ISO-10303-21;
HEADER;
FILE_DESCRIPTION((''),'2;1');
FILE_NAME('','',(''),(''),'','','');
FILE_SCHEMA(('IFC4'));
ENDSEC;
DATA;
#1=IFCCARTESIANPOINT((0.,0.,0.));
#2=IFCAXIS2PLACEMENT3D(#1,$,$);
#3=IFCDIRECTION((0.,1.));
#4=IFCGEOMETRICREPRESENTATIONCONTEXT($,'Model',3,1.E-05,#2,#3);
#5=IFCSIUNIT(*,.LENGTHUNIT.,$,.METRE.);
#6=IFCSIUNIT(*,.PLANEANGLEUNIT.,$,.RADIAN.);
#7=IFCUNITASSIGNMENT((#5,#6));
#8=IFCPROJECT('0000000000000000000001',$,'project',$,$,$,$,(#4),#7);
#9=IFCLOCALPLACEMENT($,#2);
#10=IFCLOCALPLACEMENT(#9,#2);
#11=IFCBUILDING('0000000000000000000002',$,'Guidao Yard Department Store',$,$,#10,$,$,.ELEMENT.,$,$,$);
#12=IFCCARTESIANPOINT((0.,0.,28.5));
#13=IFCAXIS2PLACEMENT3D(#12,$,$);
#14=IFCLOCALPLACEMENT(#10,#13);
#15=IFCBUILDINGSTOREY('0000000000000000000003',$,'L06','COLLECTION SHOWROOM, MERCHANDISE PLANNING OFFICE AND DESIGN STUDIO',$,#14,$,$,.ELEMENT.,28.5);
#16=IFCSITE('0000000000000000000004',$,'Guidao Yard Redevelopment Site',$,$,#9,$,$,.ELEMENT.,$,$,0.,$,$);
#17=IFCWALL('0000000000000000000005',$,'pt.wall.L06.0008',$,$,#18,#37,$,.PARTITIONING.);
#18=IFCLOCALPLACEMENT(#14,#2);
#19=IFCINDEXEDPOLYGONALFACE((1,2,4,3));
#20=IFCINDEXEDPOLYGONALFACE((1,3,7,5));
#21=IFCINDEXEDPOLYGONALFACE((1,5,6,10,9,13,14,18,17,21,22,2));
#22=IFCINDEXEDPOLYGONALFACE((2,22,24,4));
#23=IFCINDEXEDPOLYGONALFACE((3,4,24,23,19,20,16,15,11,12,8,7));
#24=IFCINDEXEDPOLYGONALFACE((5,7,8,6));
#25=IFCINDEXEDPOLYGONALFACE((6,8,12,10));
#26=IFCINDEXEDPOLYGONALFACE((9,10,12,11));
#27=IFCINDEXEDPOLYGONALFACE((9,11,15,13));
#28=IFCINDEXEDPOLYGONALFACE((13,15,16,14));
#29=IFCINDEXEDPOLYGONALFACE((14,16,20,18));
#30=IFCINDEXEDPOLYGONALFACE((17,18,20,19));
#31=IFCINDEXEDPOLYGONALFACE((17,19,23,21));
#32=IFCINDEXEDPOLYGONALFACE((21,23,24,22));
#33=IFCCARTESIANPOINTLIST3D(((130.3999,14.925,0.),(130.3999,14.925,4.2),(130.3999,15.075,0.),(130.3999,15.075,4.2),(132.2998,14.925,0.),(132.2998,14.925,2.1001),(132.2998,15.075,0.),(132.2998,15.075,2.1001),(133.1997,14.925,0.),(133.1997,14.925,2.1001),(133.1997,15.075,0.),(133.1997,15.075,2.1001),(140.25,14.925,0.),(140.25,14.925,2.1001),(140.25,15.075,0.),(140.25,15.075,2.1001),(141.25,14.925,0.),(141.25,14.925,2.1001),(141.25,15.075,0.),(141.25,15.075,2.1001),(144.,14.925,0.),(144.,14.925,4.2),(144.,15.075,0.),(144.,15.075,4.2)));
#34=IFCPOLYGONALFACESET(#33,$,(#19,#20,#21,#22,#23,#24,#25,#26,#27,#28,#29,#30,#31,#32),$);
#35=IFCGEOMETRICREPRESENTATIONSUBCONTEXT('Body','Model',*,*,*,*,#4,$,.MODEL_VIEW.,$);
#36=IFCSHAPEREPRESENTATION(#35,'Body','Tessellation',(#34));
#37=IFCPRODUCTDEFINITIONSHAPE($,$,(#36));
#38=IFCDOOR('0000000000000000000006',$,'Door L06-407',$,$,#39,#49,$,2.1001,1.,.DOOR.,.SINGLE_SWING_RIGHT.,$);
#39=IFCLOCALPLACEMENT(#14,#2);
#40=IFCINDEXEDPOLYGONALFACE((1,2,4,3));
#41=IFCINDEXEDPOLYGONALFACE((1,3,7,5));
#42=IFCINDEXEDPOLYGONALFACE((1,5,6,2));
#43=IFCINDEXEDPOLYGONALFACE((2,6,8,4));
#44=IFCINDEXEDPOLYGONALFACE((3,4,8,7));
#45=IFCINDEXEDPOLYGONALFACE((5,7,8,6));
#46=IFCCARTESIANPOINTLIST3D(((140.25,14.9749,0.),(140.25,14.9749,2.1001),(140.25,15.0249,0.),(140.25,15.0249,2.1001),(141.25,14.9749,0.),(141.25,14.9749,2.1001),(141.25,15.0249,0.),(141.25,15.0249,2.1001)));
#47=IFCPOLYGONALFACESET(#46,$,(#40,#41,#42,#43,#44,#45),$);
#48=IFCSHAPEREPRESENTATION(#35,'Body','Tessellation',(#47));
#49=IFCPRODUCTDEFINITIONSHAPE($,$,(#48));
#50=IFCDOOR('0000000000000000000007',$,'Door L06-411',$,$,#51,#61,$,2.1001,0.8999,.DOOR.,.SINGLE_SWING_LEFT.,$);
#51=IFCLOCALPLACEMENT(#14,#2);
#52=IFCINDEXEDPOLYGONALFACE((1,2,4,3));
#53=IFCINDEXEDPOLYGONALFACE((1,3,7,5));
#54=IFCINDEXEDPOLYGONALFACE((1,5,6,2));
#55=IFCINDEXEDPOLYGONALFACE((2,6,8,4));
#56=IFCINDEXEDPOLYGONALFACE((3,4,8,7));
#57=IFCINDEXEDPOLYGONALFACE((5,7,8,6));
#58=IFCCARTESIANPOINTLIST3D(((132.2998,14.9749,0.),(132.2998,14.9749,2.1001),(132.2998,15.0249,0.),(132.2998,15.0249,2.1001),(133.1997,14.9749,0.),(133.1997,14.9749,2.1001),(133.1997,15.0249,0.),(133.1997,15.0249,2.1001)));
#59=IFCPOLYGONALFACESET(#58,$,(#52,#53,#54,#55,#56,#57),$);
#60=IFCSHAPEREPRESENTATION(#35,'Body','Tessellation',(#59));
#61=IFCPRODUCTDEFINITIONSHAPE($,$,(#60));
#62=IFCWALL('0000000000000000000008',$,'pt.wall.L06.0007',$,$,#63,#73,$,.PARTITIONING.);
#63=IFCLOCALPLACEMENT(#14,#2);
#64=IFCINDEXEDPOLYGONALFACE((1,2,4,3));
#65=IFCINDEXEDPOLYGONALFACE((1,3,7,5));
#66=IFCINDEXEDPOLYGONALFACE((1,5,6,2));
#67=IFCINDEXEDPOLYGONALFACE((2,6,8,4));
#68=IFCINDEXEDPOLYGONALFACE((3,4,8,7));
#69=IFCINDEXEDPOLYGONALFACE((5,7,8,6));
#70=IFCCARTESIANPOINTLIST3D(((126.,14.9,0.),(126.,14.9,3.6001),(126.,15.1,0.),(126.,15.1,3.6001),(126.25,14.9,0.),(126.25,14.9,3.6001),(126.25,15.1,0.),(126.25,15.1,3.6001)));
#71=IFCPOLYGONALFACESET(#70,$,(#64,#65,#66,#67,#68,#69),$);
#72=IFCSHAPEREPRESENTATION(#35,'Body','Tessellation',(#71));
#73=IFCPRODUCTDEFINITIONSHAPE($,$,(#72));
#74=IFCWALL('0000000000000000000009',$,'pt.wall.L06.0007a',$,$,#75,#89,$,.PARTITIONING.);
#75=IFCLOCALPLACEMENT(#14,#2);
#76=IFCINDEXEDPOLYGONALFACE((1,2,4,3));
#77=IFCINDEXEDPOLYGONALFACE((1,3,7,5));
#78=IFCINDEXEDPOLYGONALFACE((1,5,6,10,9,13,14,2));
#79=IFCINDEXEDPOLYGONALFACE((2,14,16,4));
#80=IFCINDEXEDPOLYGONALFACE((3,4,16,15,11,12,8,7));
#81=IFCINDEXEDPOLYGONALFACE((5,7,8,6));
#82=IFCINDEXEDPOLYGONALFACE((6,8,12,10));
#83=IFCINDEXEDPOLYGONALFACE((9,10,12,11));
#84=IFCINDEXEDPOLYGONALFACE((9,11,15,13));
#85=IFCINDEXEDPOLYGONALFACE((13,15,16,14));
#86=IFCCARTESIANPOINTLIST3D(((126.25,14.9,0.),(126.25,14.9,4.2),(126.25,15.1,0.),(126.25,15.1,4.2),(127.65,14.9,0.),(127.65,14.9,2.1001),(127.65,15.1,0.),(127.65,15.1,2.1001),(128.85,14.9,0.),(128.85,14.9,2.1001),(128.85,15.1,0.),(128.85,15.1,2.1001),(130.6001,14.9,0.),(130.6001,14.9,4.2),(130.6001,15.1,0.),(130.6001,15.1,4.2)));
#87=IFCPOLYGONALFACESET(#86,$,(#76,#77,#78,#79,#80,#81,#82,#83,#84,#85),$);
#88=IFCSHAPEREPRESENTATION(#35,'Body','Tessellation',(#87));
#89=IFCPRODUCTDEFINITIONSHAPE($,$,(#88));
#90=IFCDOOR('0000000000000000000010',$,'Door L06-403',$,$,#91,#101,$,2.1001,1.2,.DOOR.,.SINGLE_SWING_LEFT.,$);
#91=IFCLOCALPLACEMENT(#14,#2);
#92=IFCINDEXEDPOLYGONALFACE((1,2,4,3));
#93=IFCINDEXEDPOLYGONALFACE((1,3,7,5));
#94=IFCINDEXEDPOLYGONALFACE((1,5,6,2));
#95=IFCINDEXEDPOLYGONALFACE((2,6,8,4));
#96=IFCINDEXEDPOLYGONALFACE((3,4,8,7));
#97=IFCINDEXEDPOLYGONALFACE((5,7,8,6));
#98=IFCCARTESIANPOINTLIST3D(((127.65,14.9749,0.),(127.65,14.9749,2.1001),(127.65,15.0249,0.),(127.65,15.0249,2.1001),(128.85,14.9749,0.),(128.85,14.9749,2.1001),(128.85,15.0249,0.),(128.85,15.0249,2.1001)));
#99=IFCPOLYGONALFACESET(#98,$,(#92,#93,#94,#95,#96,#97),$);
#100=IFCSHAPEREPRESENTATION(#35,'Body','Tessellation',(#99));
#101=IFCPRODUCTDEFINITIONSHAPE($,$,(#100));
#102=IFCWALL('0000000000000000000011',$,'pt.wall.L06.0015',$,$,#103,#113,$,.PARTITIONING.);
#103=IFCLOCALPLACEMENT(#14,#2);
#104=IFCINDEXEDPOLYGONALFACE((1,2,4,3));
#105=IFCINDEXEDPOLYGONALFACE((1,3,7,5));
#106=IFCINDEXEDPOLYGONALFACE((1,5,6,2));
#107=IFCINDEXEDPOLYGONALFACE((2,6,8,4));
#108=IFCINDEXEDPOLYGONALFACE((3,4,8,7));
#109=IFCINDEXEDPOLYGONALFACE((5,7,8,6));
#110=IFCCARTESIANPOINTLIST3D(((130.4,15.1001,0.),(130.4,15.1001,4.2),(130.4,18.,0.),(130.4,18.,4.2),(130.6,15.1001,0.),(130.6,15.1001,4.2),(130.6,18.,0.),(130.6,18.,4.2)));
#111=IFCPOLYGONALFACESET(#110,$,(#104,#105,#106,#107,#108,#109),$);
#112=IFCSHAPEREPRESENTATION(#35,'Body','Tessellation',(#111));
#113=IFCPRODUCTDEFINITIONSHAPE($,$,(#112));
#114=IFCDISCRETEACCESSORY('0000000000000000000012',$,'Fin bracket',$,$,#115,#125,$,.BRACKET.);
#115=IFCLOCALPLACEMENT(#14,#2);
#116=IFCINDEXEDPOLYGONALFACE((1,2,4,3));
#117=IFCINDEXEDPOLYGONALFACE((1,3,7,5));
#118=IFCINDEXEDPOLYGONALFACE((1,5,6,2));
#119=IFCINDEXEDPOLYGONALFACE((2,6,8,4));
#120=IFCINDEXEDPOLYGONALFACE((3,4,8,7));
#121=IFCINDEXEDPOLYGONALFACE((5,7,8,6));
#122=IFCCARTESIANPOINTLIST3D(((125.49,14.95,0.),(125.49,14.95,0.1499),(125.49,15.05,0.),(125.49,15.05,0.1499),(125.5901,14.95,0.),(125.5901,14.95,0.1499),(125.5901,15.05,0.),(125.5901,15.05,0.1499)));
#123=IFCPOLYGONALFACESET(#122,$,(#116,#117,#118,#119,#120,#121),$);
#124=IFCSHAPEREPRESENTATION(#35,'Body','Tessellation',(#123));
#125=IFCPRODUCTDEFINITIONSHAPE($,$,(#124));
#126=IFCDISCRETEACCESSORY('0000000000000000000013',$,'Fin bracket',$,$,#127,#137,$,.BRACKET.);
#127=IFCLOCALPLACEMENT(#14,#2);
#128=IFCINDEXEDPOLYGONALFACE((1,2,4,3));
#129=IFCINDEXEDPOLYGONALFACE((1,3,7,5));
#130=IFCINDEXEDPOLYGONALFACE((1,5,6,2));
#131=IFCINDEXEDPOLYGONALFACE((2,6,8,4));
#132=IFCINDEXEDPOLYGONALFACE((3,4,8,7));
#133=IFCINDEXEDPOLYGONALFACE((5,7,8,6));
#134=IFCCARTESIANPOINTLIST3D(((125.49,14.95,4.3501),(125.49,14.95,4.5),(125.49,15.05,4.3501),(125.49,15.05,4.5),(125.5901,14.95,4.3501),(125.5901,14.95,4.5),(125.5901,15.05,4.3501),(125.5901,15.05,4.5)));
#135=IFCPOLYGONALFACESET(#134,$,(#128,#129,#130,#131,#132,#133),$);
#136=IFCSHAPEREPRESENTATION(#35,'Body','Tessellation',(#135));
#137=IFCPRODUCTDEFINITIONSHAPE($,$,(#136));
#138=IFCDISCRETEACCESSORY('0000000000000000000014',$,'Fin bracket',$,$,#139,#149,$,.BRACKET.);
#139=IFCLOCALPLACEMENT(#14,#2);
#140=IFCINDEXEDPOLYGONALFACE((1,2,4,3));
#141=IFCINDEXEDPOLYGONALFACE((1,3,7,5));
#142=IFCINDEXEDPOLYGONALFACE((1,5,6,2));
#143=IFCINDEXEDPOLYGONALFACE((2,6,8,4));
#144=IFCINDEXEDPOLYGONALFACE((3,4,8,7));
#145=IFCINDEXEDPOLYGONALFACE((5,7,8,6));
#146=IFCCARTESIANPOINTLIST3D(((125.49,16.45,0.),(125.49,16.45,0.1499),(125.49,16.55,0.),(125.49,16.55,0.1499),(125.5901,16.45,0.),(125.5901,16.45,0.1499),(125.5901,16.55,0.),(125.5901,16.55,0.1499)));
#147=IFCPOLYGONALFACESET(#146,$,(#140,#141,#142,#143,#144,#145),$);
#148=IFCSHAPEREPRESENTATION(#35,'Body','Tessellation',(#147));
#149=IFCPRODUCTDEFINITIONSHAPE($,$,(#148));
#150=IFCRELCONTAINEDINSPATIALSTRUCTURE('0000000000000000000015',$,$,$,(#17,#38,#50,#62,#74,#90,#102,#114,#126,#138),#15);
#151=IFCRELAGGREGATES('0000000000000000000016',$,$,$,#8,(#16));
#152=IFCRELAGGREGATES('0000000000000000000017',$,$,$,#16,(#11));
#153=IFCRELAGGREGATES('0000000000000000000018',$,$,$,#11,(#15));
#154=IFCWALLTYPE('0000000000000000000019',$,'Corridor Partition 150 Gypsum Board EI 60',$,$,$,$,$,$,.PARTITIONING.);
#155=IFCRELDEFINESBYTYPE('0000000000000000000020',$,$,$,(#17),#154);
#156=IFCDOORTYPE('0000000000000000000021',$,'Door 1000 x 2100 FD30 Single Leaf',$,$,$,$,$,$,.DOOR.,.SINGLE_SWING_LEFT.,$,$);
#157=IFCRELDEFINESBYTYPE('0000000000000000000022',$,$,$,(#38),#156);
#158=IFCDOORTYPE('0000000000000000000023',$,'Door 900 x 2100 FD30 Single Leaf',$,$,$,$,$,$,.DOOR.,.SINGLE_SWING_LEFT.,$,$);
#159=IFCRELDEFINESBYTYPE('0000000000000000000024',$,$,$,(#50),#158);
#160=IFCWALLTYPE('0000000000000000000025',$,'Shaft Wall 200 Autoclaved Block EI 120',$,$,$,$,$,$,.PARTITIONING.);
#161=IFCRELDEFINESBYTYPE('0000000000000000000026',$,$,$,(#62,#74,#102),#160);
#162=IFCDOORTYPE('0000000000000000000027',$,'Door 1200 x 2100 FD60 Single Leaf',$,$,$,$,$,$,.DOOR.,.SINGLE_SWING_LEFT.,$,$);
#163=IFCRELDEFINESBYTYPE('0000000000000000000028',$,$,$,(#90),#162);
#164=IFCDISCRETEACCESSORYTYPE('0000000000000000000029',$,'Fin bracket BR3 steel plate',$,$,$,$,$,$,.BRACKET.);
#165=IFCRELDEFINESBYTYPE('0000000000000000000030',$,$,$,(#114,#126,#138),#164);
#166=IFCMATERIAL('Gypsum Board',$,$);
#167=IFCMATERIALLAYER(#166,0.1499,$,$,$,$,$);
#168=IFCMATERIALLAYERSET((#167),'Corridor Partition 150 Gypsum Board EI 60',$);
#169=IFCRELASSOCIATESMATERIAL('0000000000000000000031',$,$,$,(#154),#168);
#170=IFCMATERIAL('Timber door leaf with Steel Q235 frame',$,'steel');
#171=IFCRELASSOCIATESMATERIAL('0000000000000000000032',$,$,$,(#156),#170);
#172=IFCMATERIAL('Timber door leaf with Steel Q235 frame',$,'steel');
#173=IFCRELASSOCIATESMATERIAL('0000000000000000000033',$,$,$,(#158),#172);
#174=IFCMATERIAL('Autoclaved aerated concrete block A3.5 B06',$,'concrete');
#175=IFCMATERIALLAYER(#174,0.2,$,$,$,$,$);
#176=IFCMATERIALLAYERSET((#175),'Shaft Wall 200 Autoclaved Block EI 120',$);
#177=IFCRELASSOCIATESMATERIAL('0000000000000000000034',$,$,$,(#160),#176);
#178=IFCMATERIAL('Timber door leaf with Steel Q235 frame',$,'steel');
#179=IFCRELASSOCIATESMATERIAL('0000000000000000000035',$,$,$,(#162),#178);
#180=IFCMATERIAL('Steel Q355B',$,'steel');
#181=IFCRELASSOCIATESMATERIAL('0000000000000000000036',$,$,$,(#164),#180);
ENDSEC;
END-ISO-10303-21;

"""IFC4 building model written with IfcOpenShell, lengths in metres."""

from ifc_helpers import new_model, si_unit, direction, frame, frame_2d, origin, origin_2d, place, context, subcontext, project, spatial, rectangle, extrude, material, layer, layer_set, type_object, element, fill, save


model = new_model("IFC4")

# Units and contexts
model_context = context("Model", 3, precision=1e-05, world=origin(), true_north=direction((0.0, 1.0)))
body_context = subcontext(model_context, "Body", "Model", "MODEL_VIEW")
ifc_project = project(units=[si_unit("LENGTHUNIT", "METRE"), si_unit("PLANEANGLEUNIT", "RADIAN")], contexts=[model_context])

# Site, building, storey
site_placement = place(None, origin())
site = spatial("IfcSite", under=ifc_project, at=site_placement, Name="Guidao Yard Redevelopment Site", CompositionType="ELEMENT", RefElevation=0.0)
building_placement = place(site_placement, origin())
building = spatial("IfcBuilding", under=site, at=building_placement, Name="Guidao Yard Department Store", CompositionType="ELEMENT")
storey_placement = place(building_placement, frame((0.0, 0.0, 28.5)))
storey = spatial("IfcBuildingStorey", under=building, at=storey_placement, Name="L06", Description="COLLECTION SHOWROOM, MERCHANDISE PLANNING OFFICE AND DESIGN STUDIO", CompositionType="ELEMENT", Elevation=28.5)

# Wall, openings, doors
ifc_material_1 = material(Name="Gypsum Board")
ifc_layer_1 = layer(ifc_material_1, 0.1499)
ifc_layer_set_1 = layer_set([ifc_layer_1], Name="Corridor Partition 150 Gypsum Board EI 60")
wall_type_1 = type_object("IfcWallType", Name="Corridor Partition 150 Gypsum Board EI 60", PredefinedType="PARTITIONING", material=ifc_layer_set_1)
wall_1_placement = place(storey_placement, frame((130.3999, 15.0, 0.0), z_axis=(0.0, 0.0, 1.0), x_axis=(1.0, 0.0, 0.0)))
wall_1 = element("IfcWall", 1, at=wall_1_placement, inside=storey, type_object=wall_type_1, Name="pt.wall.L06.0008", PredefinedType="PARTITIONING", context=body_context, shape_type="SweptSolid", body=[
    extrude(rectangle(XDim=13.6001, YDim=0.1499, at=frame_2d((6.8, 0.0))), origin(), (0.0, 0.0, 1.0), 4.2),
])
opening_1_placement = place(wall_1_placement, frame((9.8501, 0.0, 0.0)))
opening_1 = element("IfcOpeningElement", 2, at=opening_1_placement, cuts=wall_1, PredefinedType="OPENING", context=body_context, shape_type="SweptSolid", body=[
    extrude(rectangle(XDim=1.0, YDim=2.1001, at=frame_2d((0.5, 1.05))), frame((0.0, 0.085, 0.0), z_axis=(0.0, -1.0, 0.0), x_axis=(1.0, 0.0, 0.0)), (0.0, 0.0, 1.0), 0.1699),
])
opening_2_placement = place(wall_1_placement, frame((1.8999, 0.0, 0.0)))
opening_2 = element("IfcOpeningElement", 3, at=opening_2_placement, cuts=wall_1, PredefinedType="OPENING", context=body_context, shape_type="SweptSolid", body=[
    extrude(rectangle(XDim=0.8999, YDim=2.1001, at=frame_2d((0.45, 1.05))), frame((0.0, 0.085, 0.0), z_axis=(0.0, -1.0, 0.0), x_axis=(1.0, 0.0, 0.0)), (0.0, 0.0, 1.0), 0.1699),
])
ifc_material_2 = material(Name="Timber door leaf with Steel Q235 frame", Category="steel")
door_type_1 = type_object("IfcDoorType", Name="Door 1000 x 2100 FD30 Single Leaf", OperationType="SINGLE_SWING_LEFT", PredefinedType="DOOR", material=ifc_material_2)
door_1_placement = place(opening_1_placement, origin())
door_1 = element("IfcDoor", 4, at=door_1_placement, inside=storey, type_object=door_type_1, Name="Door L06-407", OperationType="SINGLE_SWING_RIGHT", OverallHeight=2.1001, OverallWidth=1.0, PredefinedType="DOOR", context=body_context, shape_type="SweptSolid", body=[
    extrude(rectangle(XDim=1.0, YDim=2.1001, at=frame_2d((0.5, 1.05))), frame((0.0, 0.0249, 0.0), z_axis=(0.0, -1.0, 0.0), x_axis=(1.0, 0.0, 0.0)), (0.0, 0.0, 1.0), 0.05),
])
fill(opening_1, door_1)
ifc_material_3 = material(Name="Timber door leaf with Steel Q235 frame", Category="steel")
door_type_2 = type_object("IfcDoorType", Name="Door 900 x 2100 FD30 Single Leaf", OperationType="SINGLE_SWING_LEFT", PredefinedType="DOOR", material=ifc_material_3)
door_2_placement = place(opening_2_placement, origin())
door_2 = element("IfcDoor", 5, at=door_2_placement, inside=storey, type_object=door_type_2, Name="Door L06-411", OperationType="SINGLE_SWING_LEFT", OverallHeight=2.1001, OverallWidth=0.8999, PredefinedType="DOOR", context=body_context, shape_type="SweptSolid", body=[
    extrude(rectangle(XDim=0.8999, YDim=2.1001, at=frame_2d((0.45, 1.05))), frame((0.0, 0.0249, 0.0), z_axis=(0.0, -1.0, 0.0), x_axis=(1.0, 0.0, 0.0)), (0.0, 0.0, 1.0), 0.05),
])
fill(opening_2, door_2)

# Wall
ifc_material_4 = material(Name="Autoclaved aerated concrete block A3.5 B06", Category="concrete")
ifc_layer_2 = layer(ifc_material_4, 0.2)
ifc_layer_set_2 = layer_set([ifc_layer_2], Name="Shaft Wall 200 Autoclaved Block EI 120")
wall_type_2 = type_object("IfcWallType", Name="Shaft Wall 200 Autoclaved Block EI 120", PredefinedType="PARTITIONING", material=ifc_layer_set_2)
wall_2_placement = place(storey_placement, frame((126.0, 15.0, 0.0), z_axis=(0.0, 0.0, 1.0), x_axis=(1.0, 0.0, 0.0)))
element("IfcWall", 6, at=wall_2_placement, inside=storey, type_object=wall_type_2, Name="pt.wall.L06.0007", PredefinedType="PARTITIONING", context=body_context, shape_type="SweptSolid", body=[
    extrude(rectangle(XDim=0.25, YDim=0.2, at=frame_2d((0.125, 0.0))), origin(), (0.0, 0.0, 1.0), 3.6001),
])

# Wall, opening, door
wall_3_placement = place(storey_placement, frame((126.25, 15.0, 0.0), z_axis=(0.0, 0.0, 1.0), x_axis=(1.0, 0.0, 0.0)))
wall_3 = element("IfcWall", 7, at=wall_3_placement, inside=storey, type_object=wall_type_2, Name="pt.wall.L06.0007a", PredefinedType="PARTITIONING", context=body_context, shape_type="SweptSolid", body=[
    extrude(rectangle(XDim=4.3501, YDim=0.2, at=frame_2d((2.175, 0.0))), origin(), (0.0, 0.0, 1.0), 4.2),
])
opening_3_placement = place(wall_3_placement, frame((1.3999, 0.0, 0.0)))
opening_3 = element("IfcOpeningElement", 8, at=opening_3_placement, cuts=wall_3, PredefinedType="OPENING", context=body_context, shape_type="SweptSolid", body=[
    extrude(rectangle(XDim=1.2, YDim=2.1001, at=frame_2d((0.6001, 1.05))), frame((0.0, 0.1099, 0.0), z_axis=(0.0, -1.0, 0.0), x_axis=(1.0, 0.0, 0.0)), (0.0, 0.0, 1.0), 0.22),
])
ifc_material_5 = material(Name="Timber door leaf with Steel Q235 frame", Category="steel")
door_type_3 = type_object("IfcDoorType", Name="Door 1200 x 2100 FD60 Single Leaf", OperationType="SINGLE_SWING_LEFT", PredefinedType="DOOR", material=ifc_material_5)
door_3_placement = place(opening_3_placement, origin())
door_3 = element("IfcDoor", 9, at=door_3_placement, inside=storey, type_object=door_type_3, Name="Door L06-403", OperationType="SINGLE_SWING_LEFT", OverallHeight=2.1001, OverallWidth=1.2, PredefinedType="DOOR", context=body_context, shape_type="SweptSolid", body=[
    extrude(rectangle(XDim=1.2, YDim=2.1001, at=frame_2d((0.6001, 1.05))), frame((0.0, 0.0249, 0.0), z_axis=(0.0, -1.0, 0.0), x_axis=(1.0, 0.0, 0.0)), (0.0, 0.0, 1.0), 0.05),
])
fill(opening_3, door_3)

# Wall
wall_4_placement = place(storey_placement, frame((130.5, 15.1001, 0.0), z_axis=(0.0, 0.0, 1.0), x_axis=(0.0, 1.0, 0.0)))
element("IfcWall", 10, at=wall_4_placement, inside=storey, type_object=wall_type_2, Name="pt.wall.L06.0015", PredefinedType="PARTITIONING", context=body_context, shape_type="SweptSolid", body=[
    extrude(rectangle(XDim=2.8999, YDim=0.2, at=frame_2d((1.45, 0.0))), origin(), (0.0, 0.0, 1.0), 4.2),
])

# Discrete accessories
ifc_material_6 = material(Name="Steel Q355B", Category="steel")
discrete_accessory_type = type_object("IfcDiscreteAccessoryType", Name="Fin bracket BR3 steel plate", PredefinedType="BRACKET", material=ifc_material_6)
for number, where, z_axis, x_axis, name in (
    (11, (125.54, 15.0, 0.0), (0.0, 0.0, 1.0), (0.0, 1.0, 0.0), "Fin bracket"),
    (12, (125.54, 15.0, 4.3501), (0.0, 0.0, 1.0), (0.0, 1.0, 0.0), "Fin bracket"),
    (13, (125.54, 16.5, 0.0), (0.0, 0.0, 1.0), (0.0, 1.0, 0.0), "Fin bracket"),
):
    element("IfcDiscreteAccessory", number, at=place(storey_placement, frame(where, z_axis=z_axis, x_axis=x_axis)), inside=storey, type_object=discrete_accessory_type, Name=name, PredefinedType="BRACKET", context=body_context, shape_type="SweptSolid", body=[
        extrude(rectangle(XDim=0.1001, YDim=0.1001, at=origin_2d()), origin(), (0.0, 0.0, 1.0), 0.1499),
    ])

save(model, "model.ifc")
